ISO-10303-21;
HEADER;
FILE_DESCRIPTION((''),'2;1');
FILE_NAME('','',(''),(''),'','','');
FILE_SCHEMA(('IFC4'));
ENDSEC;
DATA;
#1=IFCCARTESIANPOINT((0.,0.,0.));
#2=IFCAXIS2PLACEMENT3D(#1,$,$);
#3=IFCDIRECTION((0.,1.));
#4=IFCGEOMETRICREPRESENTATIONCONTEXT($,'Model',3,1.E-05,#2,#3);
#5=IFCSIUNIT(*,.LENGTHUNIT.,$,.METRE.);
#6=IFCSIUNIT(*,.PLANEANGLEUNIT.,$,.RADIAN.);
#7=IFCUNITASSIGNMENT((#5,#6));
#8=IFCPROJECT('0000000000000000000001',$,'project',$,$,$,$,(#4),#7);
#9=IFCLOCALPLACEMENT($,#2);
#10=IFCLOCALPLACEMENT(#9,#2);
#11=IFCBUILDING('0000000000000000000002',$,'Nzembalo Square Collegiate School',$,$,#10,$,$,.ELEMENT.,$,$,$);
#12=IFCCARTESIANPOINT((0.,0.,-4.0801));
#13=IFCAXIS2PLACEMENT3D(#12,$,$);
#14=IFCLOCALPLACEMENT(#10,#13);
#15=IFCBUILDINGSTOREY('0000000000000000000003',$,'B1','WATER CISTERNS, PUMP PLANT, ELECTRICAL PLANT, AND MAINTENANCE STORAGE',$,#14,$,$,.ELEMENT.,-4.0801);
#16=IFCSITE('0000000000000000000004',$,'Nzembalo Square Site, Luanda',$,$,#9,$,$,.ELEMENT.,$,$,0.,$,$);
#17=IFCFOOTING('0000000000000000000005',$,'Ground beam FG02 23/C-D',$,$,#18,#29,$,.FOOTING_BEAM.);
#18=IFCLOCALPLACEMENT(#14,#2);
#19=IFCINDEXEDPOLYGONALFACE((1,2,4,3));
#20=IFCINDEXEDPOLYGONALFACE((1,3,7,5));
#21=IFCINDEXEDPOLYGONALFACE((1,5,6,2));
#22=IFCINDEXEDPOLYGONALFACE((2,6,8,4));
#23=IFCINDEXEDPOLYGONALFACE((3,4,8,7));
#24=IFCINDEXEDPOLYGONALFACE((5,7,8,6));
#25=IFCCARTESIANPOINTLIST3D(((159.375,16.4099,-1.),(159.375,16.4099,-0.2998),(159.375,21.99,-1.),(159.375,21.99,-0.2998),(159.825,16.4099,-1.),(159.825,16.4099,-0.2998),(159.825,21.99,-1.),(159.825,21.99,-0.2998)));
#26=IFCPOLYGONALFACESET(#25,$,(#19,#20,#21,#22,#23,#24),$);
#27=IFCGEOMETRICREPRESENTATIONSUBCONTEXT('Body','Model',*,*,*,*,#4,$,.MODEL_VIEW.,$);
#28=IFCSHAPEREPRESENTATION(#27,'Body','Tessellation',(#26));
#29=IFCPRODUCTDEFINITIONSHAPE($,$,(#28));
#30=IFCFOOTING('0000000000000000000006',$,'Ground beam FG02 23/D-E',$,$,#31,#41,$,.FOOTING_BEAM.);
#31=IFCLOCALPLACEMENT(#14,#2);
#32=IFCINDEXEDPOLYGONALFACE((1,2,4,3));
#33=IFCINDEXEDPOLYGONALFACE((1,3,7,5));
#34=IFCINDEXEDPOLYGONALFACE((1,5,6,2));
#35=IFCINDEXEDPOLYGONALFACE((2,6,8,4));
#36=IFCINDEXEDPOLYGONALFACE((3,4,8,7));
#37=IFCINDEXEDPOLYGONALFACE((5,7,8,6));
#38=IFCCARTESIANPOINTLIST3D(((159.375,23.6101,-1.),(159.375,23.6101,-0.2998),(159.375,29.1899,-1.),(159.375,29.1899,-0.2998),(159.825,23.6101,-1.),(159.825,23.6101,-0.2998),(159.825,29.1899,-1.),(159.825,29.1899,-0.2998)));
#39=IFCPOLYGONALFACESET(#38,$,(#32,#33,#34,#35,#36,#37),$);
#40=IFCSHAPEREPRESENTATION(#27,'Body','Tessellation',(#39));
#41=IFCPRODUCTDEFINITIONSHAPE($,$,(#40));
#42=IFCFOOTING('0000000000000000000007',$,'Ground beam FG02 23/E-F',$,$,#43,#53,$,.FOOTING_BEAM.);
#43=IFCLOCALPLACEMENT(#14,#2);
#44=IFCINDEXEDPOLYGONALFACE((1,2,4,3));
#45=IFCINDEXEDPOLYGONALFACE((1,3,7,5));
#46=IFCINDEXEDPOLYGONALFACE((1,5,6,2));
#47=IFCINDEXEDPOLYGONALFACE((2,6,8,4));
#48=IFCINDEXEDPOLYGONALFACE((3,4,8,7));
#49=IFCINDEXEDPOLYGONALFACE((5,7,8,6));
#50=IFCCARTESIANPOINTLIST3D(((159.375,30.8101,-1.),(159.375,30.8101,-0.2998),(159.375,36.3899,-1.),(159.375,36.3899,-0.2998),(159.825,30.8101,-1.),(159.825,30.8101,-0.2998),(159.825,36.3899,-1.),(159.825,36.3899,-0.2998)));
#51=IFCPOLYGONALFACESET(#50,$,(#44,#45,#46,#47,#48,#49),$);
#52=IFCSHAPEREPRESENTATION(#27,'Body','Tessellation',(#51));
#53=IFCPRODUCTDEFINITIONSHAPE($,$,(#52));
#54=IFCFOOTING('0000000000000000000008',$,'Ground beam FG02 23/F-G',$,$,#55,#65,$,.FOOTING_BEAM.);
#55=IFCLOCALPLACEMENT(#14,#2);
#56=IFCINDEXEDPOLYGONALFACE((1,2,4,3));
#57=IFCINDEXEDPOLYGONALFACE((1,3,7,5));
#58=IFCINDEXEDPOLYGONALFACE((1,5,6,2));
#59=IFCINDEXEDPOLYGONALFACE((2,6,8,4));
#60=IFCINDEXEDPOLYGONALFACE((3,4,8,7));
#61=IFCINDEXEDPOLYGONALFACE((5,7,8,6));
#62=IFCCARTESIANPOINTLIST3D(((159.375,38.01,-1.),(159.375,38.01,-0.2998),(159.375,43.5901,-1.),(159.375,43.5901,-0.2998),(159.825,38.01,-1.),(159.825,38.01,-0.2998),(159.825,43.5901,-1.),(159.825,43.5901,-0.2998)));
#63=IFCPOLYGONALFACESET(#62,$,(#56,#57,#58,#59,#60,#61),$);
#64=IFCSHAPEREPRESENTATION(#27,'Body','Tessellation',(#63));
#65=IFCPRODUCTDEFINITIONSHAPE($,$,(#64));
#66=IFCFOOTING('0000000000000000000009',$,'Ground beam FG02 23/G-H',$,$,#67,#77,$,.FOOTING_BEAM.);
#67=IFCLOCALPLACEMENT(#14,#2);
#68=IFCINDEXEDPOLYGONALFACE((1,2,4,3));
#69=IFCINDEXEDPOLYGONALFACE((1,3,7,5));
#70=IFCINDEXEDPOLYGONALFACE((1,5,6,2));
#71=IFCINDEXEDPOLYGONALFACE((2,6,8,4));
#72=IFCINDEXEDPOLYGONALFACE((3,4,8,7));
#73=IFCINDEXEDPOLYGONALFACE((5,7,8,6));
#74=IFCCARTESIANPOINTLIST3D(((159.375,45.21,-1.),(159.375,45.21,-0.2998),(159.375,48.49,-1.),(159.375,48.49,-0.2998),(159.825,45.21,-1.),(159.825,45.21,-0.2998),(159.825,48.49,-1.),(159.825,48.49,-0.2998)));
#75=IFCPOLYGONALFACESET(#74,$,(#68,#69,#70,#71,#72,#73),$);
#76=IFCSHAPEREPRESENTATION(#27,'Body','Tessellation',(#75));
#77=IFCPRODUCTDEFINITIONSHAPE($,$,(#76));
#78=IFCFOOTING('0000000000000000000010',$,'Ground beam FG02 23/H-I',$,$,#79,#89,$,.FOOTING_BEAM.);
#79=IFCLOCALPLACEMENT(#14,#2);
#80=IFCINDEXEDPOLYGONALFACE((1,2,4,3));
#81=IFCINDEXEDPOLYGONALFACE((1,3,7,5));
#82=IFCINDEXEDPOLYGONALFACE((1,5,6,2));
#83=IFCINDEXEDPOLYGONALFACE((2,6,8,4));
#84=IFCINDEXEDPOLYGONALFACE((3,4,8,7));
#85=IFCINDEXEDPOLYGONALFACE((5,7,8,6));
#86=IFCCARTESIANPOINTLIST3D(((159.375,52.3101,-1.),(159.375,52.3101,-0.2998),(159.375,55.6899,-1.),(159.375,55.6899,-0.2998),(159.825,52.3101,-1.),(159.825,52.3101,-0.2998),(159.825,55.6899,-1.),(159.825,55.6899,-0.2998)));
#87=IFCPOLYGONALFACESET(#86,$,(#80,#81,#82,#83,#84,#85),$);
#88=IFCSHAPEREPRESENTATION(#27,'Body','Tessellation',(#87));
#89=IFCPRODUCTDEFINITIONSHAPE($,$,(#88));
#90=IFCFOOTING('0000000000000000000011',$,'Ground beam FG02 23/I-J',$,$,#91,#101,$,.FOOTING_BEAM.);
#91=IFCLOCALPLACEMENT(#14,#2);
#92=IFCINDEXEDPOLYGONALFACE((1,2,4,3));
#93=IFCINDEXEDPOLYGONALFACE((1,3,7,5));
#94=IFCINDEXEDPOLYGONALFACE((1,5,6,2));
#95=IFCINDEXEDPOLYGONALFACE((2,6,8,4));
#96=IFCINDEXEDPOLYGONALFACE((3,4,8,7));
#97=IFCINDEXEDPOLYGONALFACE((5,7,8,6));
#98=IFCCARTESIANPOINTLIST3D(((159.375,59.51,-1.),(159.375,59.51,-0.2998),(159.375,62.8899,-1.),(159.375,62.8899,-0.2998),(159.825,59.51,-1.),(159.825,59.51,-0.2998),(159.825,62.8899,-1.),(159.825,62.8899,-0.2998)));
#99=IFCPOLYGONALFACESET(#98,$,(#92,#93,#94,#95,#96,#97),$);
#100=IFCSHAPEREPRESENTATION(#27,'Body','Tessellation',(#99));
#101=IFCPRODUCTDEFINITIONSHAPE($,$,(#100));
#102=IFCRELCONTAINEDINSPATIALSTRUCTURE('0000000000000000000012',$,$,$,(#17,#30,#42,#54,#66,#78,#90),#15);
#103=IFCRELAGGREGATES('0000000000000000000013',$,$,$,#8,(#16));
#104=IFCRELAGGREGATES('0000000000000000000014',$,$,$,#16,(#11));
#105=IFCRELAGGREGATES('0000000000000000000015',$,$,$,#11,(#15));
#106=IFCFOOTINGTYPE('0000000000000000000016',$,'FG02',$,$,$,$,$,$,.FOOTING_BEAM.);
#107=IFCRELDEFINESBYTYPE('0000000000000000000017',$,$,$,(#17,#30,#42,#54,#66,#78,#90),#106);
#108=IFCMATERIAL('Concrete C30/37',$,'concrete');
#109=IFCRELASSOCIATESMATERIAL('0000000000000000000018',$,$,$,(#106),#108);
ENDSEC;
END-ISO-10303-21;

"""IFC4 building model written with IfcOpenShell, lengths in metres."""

from ifc_helpers import new_model, si_unit, direction, frame, origin, place, context, subcontext, project, spatial, polyline, outline, extrude, material, type_object, element, save


model = new_model("IFC4")

# Units and contexts
model_context = context("Model", 3, precision=1e-05, world=origin(), true_north=direction((0.0, 1.0)))
body_context = subcontext(model_context, "Body", "Model", "MODEL_VIEW")
ifc_project = project(units=[si_unit("LENGTHUNIT", "METRE"), si_unit("PLANEANGLEUNIT", "RADIAN")], contexts=[model_context])

# Site, building, storey
site_placement = place(None, origin())
site = spatial("IfcSite", under=ifc_project, at=site_placement, Name="Nzembalo Square Site, Luanda", CompositionType="ELEMENT", RefElevation=0.0)
building_placement = place(site_placement, origin())
building = spatial("IfcBuilding", under=site, at=building_placement, Name="Nzembalo Square Collegiate School", CompositionType="ELEMENT")
storey_placement = place(building_placement, frame((0.0, 0.0, -4.0801)))
storey = spatial("IfcBuildingStorey", under=building, at=storey_placement, Name="B1", Description="WATER CISTERNS, PUMP PLANT, ELECTRICAL PLANT, AND MAINTENANCE STORAGE", CompositionType="ELEMENT", Elevation=-4.0801)

# Footings
ifc_material = material(Name="Concrete C30/37", Category="concrete")
footing_type = type_object("IfcFootingType", Name="FG02", PredefinedType="FOOTING_BEAM", material=ifc_material)
footing_1_placement = place(storey_placement, frame((0.0, 0.0, -1.0)))
element("IfcFooting", 1, at=footing_1_placement, inside=storey, type_object=footing_type, Name="Ground beam FG02 23/C-D", PredefinedType="FOOTING_BEAM", context=body_context, shape_type="SweptSolid", body=[
    extrude(outline(polyline([(159.375, 16.4099), (159.825, 16.4099), (159.825, 21.99), (159.375, 21.99), (159.375, 16.4099)])), origin(), (0.0, 0.0, 1.0), 0.7002),
])
footing_2_placement = place(storey_placement, frame((0.0, 0.0, -1.0)))
element("IfcFooting", 2, at=footing_2_placement, inside=storey, type_object=footing_type, Name="Ground beam FG02 23/D-E", PredefinedType="FOOTING_BEAM", context=body_context, shape_type="SweptSolid", body=[
    extrude(outline(polyline([(159.375, 23.6101), (159.825, 23.6101), (159.825, 29.1899), (159.375, 29.1899), (159.375, 23.6101)])), origin(), (0.0, 0.0, 1.0), 0.7002),
])
footing_3_placement = place(storey_placement, frame((0.0, 0.0, -1.0)))
element("IfcFooting", 3, at=footing_3_placement, inside=storey, type_object=footing_type, Name="Ground beam FG02 23/E-F", PredefinedType="FOOTING_BEAM", context=body_context, shape_type="SweptSolid", body=[
    extrude(outline(polyline([(159.375, 30.8101), (159.825, 30.8101), (159.825, 36.3899), (159.375, 36.3899), (159.375, 30.8101)])), origin(), (0.0, 0.0, 1.0), 0.7002),
])
footing_4_placement = place(storey_placement, frame((0.0, 0.0, -1.0)))
element("IfcFooting", 4, at=footing_4_placement, inside=storey, type_object=footing_type, Name="Ground beam FG02 23/F-G", PredefinedType="FOOTING_BEAM", context=body_context, shape_type="SweptSolid", body=[
    extrude(outline(polyline([(159.375, 38.01), (159.825, 38.01), (159.825, 43.5901), (159.375, 43.5901), (159.375, 38.01)])), origin(), (0.0, 0.0, 1.0), 0.7002),
])
footing_5_placement = place(storey_placement, frame((0.0, 0.0, -1.0)))
element("IfcFooting", 5, at=footing_5_placement, inside=storey, type_object=footing_type, Name="Ground beam FG02 23/G-H", PredefinedType="FOOTING_BEAM", context=body_context, shape_type="SweptSolid", body=[
    extrude(outline(polyline([(159.375, 45.21), (159.825, 45.21), (159.825, 48.49), (159.375, 48.49), (159.375, 45.21)])), origin(), (0.0, 0.0, 1.0), 0.7002),
])
footing_6_placement = place(storey_placement, frame((0.0, 0.0, -1.0)))
element("IfcFooting", 6, at=footing_6_placement, inside=storey, type_object=footing_type, Name="Ground beam FG02 23/H-I", PredefinedType="FOOTING_BEAM", context=body_context, shape_type="SweptSolid", body=[
    extrude(outline(polyline([(159.375, 52.3101), (159.825, 52.3101), (159.825, 55.6899), (159.375, 55.6899), (159.375, 52.3101)])), origin(), (0.0, 0.0, 1.0), 0.7002),
])
footing_7_placement = place(storey_placement, frame((0.0, 0.0, -1.0)))
element("IfcFooting", 7, at=footing_7_placement, inside=storey, type_object=footing_type, Name="Ground beam FG02 23/I-J", PredefinedType="FOOTING_BEAM", context=body_context, shape_type="SweptSolid", body=[
    extrude(outline(polyline([(159.375, 59.51), (159.825, 59.51), (159.825, 62.8899), (159.375, 62.8899), (159.375, 59.51)])), origin(), (0.0, 0.0, 1.0), 0.7002),
])

save(model, "model.ifc")
